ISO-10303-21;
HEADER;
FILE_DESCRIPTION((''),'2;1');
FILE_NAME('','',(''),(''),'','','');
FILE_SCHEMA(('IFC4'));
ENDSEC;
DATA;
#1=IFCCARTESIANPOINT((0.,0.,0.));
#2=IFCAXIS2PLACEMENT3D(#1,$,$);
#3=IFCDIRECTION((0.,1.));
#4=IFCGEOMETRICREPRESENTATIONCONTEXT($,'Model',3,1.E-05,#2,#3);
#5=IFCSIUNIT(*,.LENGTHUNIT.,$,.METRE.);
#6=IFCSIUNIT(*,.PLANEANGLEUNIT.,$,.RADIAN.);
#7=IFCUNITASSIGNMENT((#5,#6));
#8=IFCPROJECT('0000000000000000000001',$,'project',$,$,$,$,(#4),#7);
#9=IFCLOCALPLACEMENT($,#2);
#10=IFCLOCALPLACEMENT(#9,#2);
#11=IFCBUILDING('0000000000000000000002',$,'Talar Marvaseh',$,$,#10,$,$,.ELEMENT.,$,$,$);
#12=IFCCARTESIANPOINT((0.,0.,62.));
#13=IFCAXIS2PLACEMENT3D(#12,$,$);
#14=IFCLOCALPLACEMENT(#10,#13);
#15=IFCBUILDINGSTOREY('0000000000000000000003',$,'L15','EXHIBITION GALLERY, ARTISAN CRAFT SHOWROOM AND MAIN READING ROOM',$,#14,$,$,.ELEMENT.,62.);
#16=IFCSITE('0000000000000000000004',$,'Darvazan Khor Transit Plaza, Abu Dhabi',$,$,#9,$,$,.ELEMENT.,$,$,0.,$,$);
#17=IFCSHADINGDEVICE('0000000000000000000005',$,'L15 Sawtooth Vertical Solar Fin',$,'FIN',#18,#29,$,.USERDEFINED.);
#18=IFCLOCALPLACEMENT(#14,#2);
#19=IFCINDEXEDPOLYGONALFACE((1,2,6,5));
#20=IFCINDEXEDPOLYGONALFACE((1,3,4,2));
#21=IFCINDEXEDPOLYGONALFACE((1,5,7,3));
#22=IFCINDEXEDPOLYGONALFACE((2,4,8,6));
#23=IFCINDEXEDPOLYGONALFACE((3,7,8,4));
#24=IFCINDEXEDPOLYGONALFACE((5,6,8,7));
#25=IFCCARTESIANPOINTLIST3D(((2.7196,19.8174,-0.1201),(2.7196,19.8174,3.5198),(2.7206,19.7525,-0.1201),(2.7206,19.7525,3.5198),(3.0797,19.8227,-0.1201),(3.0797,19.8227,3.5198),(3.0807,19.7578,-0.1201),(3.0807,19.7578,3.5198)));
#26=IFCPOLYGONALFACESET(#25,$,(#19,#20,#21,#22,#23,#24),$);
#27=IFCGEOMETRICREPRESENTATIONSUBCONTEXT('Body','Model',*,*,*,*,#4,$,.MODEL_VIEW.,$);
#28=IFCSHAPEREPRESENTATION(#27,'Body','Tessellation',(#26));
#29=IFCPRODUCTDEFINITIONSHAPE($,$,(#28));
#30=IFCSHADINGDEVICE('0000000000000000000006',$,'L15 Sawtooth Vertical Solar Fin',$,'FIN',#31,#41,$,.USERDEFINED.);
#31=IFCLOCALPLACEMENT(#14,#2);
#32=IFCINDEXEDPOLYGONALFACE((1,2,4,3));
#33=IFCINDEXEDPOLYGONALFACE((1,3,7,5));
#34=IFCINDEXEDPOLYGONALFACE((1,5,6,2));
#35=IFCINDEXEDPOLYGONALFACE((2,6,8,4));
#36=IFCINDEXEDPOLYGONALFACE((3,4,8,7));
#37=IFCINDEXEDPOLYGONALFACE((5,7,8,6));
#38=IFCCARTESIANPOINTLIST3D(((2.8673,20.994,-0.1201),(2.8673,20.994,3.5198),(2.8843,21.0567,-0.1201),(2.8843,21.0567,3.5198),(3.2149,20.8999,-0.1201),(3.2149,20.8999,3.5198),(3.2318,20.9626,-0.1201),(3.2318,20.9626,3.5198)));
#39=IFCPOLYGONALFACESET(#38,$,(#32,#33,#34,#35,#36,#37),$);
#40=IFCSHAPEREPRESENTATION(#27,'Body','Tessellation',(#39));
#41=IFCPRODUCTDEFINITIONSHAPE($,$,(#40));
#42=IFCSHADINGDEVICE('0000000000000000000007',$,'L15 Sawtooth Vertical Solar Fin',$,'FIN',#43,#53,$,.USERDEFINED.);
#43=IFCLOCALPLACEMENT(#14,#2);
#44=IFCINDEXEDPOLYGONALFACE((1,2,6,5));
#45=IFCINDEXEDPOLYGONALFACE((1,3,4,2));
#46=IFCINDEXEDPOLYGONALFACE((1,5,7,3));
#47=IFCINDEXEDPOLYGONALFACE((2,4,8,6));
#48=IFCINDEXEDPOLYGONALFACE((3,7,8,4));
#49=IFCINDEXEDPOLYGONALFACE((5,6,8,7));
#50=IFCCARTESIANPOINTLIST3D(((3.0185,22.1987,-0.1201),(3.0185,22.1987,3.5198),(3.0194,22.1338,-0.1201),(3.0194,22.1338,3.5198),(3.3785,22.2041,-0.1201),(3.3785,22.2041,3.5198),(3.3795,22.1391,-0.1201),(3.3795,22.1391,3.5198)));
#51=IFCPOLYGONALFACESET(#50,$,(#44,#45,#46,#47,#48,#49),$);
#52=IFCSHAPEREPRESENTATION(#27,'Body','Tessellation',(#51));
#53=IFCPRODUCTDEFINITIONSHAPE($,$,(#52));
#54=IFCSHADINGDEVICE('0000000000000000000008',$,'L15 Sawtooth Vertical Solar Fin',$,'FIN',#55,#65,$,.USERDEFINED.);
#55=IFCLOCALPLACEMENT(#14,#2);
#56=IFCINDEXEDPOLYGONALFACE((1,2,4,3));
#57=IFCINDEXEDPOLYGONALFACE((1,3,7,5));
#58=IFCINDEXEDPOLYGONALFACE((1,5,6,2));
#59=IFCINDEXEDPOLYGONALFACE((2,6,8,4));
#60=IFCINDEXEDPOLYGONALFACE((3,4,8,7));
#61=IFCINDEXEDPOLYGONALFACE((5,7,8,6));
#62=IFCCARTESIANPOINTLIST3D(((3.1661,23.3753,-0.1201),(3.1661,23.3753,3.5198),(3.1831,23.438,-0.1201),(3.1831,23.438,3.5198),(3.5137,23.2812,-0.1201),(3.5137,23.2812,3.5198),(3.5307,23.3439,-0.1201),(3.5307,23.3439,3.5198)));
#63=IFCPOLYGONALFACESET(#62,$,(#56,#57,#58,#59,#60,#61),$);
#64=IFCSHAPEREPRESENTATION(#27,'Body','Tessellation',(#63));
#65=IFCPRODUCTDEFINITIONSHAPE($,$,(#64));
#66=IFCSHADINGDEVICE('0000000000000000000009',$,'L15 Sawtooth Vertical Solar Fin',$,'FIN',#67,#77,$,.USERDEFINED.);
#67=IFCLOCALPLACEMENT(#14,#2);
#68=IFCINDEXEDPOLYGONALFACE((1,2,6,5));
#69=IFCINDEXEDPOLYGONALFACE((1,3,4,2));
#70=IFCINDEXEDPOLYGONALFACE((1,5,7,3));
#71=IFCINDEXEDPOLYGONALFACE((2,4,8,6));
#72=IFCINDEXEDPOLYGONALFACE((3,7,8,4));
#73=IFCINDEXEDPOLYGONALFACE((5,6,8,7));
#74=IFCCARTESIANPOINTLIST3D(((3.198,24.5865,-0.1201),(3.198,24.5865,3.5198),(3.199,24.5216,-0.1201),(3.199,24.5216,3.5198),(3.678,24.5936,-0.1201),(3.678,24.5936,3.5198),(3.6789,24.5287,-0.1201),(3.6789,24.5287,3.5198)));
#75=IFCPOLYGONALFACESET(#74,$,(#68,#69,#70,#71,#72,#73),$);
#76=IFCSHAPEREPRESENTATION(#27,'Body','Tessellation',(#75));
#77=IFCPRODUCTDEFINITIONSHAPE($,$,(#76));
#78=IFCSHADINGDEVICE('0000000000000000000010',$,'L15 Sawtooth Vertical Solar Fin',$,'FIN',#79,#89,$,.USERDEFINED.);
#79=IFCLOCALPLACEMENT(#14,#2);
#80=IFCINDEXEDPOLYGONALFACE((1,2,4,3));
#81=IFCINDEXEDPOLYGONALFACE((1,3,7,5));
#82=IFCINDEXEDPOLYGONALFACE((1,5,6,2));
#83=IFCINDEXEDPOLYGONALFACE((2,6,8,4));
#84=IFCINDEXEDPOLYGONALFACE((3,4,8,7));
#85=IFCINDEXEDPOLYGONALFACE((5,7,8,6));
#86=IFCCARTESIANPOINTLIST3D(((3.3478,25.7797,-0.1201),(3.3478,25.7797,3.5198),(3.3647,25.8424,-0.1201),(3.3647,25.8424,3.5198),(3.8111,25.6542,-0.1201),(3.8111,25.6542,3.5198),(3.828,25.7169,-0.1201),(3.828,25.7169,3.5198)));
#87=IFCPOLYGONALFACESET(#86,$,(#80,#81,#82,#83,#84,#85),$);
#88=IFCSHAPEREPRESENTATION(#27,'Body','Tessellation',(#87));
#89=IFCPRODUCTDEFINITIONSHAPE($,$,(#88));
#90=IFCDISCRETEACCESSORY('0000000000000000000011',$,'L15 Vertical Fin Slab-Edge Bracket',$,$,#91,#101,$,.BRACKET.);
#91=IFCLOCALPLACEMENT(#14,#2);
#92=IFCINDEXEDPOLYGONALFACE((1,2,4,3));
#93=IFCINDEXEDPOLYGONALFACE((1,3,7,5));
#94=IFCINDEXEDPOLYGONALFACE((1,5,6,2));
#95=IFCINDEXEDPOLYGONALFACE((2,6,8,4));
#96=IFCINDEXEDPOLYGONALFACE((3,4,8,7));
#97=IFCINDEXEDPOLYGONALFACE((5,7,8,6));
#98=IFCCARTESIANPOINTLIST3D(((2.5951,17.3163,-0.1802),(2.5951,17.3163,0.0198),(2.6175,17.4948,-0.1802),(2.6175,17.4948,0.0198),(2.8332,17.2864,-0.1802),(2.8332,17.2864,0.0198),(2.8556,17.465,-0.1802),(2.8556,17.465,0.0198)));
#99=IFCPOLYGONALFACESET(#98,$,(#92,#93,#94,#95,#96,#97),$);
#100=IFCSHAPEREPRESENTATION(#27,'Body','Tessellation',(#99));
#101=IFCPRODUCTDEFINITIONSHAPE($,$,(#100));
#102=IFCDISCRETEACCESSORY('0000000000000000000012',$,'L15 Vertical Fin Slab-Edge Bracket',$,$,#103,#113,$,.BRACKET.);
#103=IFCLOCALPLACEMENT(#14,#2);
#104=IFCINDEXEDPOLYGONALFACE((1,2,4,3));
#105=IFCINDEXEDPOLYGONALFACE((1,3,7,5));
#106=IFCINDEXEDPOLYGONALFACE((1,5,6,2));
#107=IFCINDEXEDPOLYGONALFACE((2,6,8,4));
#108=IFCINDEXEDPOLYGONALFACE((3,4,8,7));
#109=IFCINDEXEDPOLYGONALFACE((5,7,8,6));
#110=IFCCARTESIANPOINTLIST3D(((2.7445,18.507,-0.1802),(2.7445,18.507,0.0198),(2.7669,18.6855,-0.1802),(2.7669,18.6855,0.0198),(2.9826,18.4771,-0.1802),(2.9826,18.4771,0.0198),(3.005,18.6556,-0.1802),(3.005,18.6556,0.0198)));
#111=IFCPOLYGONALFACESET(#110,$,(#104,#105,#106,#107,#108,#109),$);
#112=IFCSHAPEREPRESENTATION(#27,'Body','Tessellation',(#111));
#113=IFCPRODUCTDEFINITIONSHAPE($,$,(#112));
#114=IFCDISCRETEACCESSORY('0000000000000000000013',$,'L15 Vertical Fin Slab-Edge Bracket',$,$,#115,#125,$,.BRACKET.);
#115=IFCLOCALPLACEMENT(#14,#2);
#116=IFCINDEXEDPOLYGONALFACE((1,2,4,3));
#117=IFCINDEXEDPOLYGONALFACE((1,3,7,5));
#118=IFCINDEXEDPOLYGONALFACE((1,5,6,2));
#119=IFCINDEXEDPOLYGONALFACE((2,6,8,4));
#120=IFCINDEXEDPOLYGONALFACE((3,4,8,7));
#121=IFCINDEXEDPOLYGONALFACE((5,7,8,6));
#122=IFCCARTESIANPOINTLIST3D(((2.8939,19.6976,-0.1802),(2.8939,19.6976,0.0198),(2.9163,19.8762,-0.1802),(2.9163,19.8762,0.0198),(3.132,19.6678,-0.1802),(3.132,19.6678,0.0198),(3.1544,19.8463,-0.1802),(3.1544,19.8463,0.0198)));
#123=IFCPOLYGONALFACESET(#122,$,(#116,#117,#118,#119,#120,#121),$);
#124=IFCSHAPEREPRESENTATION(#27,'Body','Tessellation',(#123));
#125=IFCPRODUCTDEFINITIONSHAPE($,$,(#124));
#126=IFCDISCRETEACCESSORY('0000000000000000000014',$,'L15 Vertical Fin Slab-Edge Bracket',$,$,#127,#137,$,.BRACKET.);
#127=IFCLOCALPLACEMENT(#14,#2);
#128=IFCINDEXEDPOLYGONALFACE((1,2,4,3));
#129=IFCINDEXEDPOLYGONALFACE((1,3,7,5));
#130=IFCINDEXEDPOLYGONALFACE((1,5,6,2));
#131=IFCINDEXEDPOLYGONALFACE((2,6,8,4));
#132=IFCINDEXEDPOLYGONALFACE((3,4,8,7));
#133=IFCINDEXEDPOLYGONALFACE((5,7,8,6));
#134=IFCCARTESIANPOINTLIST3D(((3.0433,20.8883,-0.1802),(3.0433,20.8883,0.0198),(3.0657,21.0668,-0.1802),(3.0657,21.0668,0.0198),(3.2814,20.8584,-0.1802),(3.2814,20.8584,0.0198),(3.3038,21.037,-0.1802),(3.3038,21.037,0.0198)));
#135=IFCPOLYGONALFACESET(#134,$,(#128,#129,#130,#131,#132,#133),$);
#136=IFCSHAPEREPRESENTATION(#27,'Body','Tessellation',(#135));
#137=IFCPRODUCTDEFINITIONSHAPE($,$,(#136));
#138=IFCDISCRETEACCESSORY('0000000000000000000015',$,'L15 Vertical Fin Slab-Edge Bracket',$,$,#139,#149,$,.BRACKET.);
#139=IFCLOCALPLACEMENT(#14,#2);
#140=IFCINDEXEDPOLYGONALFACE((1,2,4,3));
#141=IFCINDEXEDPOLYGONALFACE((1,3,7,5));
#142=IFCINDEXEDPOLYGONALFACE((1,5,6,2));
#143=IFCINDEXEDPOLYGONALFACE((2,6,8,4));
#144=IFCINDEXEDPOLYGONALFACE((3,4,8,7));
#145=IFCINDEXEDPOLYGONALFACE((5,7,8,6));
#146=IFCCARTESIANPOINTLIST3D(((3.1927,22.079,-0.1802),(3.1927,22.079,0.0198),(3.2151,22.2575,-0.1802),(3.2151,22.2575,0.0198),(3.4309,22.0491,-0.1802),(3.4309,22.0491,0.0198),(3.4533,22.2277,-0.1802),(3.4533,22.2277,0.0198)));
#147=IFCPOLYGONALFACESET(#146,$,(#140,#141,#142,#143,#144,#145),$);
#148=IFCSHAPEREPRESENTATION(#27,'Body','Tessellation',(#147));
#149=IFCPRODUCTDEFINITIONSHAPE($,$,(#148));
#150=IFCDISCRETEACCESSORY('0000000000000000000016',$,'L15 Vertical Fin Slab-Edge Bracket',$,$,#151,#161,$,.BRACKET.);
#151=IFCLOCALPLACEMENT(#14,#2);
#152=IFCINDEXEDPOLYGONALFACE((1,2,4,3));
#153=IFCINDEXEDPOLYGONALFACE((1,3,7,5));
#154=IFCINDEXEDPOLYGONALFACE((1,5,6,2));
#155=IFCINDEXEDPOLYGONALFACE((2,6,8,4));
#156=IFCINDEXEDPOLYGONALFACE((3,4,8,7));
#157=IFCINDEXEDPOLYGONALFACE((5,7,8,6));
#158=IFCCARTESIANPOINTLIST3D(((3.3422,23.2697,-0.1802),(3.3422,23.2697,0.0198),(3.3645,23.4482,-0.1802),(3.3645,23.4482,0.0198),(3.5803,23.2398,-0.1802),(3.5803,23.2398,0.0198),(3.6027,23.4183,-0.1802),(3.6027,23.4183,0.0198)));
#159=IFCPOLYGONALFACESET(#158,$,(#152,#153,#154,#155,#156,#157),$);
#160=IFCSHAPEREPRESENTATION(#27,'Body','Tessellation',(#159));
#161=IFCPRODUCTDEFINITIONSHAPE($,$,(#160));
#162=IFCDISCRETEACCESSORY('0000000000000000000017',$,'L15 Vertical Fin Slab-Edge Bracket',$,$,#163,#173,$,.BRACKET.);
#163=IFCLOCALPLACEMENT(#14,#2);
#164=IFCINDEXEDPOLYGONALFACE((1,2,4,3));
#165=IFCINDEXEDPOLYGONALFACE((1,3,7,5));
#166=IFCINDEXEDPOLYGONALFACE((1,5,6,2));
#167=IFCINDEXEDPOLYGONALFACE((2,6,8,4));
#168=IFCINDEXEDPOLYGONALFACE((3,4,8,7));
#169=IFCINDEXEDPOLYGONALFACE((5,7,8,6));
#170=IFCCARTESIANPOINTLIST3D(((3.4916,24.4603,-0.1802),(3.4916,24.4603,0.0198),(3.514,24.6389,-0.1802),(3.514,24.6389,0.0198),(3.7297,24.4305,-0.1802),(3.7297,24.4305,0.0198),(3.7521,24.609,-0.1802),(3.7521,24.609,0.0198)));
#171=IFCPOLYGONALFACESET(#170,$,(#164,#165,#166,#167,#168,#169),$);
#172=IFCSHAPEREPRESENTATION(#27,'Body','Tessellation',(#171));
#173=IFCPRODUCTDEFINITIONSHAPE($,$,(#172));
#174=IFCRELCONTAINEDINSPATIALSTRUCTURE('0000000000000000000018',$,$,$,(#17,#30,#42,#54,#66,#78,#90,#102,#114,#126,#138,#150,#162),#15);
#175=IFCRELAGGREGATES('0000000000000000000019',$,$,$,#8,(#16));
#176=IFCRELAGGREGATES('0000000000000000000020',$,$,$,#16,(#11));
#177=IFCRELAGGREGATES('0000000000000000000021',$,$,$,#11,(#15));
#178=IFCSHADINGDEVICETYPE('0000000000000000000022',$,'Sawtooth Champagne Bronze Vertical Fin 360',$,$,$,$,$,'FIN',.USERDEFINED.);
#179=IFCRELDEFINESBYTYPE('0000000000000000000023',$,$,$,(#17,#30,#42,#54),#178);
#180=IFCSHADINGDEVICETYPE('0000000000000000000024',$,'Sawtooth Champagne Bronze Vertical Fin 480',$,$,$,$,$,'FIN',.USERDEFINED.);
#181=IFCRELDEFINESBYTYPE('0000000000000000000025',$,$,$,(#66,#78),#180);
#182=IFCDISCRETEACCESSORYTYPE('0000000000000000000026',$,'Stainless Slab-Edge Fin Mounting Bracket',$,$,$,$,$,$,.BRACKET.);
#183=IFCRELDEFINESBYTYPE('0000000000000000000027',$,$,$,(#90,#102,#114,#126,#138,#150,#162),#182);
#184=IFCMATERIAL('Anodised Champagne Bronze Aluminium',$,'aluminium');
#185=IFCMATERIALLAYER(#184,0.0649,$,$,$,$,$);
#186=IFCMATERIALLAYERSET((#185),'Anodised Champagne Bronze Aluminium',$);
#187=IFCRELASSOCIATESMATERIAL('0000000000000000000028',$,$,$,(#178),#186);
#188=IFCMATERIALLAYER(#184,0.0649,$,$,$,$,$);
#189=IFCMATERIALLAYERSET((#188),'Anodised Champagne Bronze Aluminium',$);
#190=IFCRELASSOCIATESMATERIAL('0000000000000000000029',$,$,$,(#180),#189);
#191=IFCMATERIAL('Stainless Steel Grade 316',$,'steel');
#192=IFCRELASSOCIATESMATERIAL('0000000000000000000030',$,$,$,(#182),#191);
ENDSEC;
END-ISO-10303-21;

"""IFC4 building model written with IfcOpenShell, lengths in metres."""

from ifc_helpers import new_model, si_unit, direction, frame, origin, origin_2d, place, context, subcontext, project, spatial, rectangle, extrude, source, transform, mapped, material, layer, layer_set, type_object, type_shapes, element, save


model = new_model("IFC4")

# Units and contexts
model_context = context("Model", 3, precision=1e-05, world=origin(), true_north=direction((0.0, 1.0)))
body_context = subcontext(model_context, "Body", "Model", "MODEL_VIEW")
ifc_project = project(units=[si_unit("LENGTHUNIT", "METRE"), si_unit("PLANEANGLEUNIT", "RADIAN")], contexts=[model_context])

# Site, building, storey
site_placement = place(None, origin())
site = spatial("IfcSite", under=ifc_project, at=site_placement, Name="Darvazan Khor Transit Plaza, Abu Dhabi", CompositionType="ELEMENT", RefElevation=0.0)
building_placement = place(site_placement, origin())
building = spatial("IfcBuilding", under=site, at=building_placement, Name="Talar Marvaseh", CompositionType="ELEMENT")
storey_placement = place(building_placement, frame((0.0, 0.0, 62.0)))
storey = spatial("IfcBuildingStorey", under=building, at=storey_placement, Name="L15", Description="EXHIBITION GALLERY, ARTISAN CRAFT SHOWROOM AND MAIN READING ROOM", CompositionType="ELEMENT", Elevation=62.0)

# Shading devices
ifc_material_1 = material(Name="Anodised Champagne Bronze Aluminium", Category="aluminium")
ifc_layer_1 = layer(ifc_material_1, 0.0649)
ifc_layer_set_1 = layer_set([ifc_layer_1], Name="Anodised Champagne Bronze Aluminium")
shading_device_type_1 = type_object("IfcShadingDeviceType", Name="Sawtooth Champagne Bronze Vertical Fin 360", ElementType="FIN", PredefinedType="USERDEFINED", material=ifc_layer_set_1)
shared_shape_1 = source(origin(), body_context, "Body", "SweptSolid", [
    extrude(rectangle(XDim=0.3601, YDim=0.0649, at=origin_2d()), origin(), (0.0, 0.0, 1.0), 3.6399),
])
type_shapes(shading_device_type_1, [shared_shape_1])
for number, where, z_axis, x_axis, name in (
    (1, (2.9001, 19.7876, -0.1201), (0.0, 0.0, 1.0), (-0.99989, -0.014835, 0.0), "L15 Sawtooth Vertical Solar Fin"),
    (2, (3.0496, 20.9783, -0.1201), (0.0, 0.0, 1.0), (-0.965245, 0.261347, 0.0), "L15 Sawtooth Vertical Solar Fin"),
    (3, (3.199, 22.1689, -0.1201), (0.0, 0.0, 1.0), (-0.99989, -0.014835, 0.0), "L15 Sawtooth Vertical Solar Fin"),
    (4, (3.3484, 23.3596, -0.1201), (0.0, 0.0, 1.0), (-0.965245, 0.261347, 0.0), "L15 Sawtooth Vertical Solar Fin"),
):
    element("IfcShadingDevice", number, at=place(storey_placement, frame(where, z_axis=z_axis, x_axis=x_axis)), inside=storey, type_object=shading_device_type_1, Name=name, ObjectType="FIN", PredefinedType="USERDEFINED", context=body_context, shape_type="MappedRepresentation", body=[
        mapped(shared_shape_1, transform((0.0, 0.0, 0.0), x_axis=(1.0, 0.0, 0.0), y_axis=(0.0, 1.0, 0.0), z_axis=(0.0, 0.0, 1.0), scale=1.0)),
    ])
ifc_layer_2 = layer(ifc_material_1, 0.0649)
ifc_layer_set_2 = layer_set([ifc_layer_2], Name="Anodised Champagne Bronze Aluminium")
shading_device_type_2 = type_object("IfcShadingDeviceType", Name="Sawtooth Champagne Bronze Vertical Fin 480", ElementType="FIN", PredefinedType="USERDEFINED", material=ifc_layer_set_2)
shared_shape_2 = source(origin(), body_context, "Body", "SweptSolid", [
    extrude(rectangle(XDim=0.48, YDim=0.0649, at=origin_2d()), origin(), (0.0, 0.0, 1.0), 3.6399),
])
type_shapes(shading_device_type_2, [shared_shape_2])
for number, where, z_axis, x_axis, name in (
    (5, (3.4385, 24.5576, -0.1201), (0.0, 0.0, 1.0), (-0.99989, -0.014835, 0.0), "L15 Sawtooth Vertical Solar Fin"),
    (6, (3.5879, 25.7483, -0.1201), (0.0, 0.0, 1.0), (-0.965245, 0.261347, 0.0), "L15 Sawtooth Vertical Solar Fin"),
):
    element("IfcShadingDevice", number, at=place(storey_placement, frame(where, z_axis=z_axis, x_axis=x_axis)), inside=storey, type_object=shading_device_type_2, Name=name, ObjectType="FIN", PredefinedType="USERDEFINED", context=body_context, shape_type="MappedRepresentation", body=[
        mapped(shared_shape_2, transform((0.0, 0.0, 0.0), x_axis=(1.0, 0.0, 0.0), y_axis=(0.0, 1.0, 0.0), z_axis=(0.0, 0.0, 1.0), scale=1.0)),
    ])

# Discrete accessories
ifc_material_2 = material(Name="Stainless Steel Grade 316", Category="steel")
discrete_accessory_type = type_object("IfcDiscreteAccessoryType", Name="Stainless Slab-Edge Fin Mounting Bracket", PredefinedType="BRACKET", material=ifc_material_2)
shared_shape_3 = source(origin(), body_context, "Body", "SweptSolid", [
    extrude(rectangle(XDim=0.24, YDim=0.1799, at=origin_2d()), origin(), (0.0, 0.0, 1.0), 0.2),
])
type_shapes(discrete_accessory_type, [shared_shape_3])
for number, where, z_axis, x_axis, name in (
    (7, (2.7253, 17.3906, -0.1802), (0.0, 0.0, 1.0), (-0.992224, 0.124467, 0.0), "L15 Vertical Fin Slab-Edge Bracket"),
    (8, (2.8748, 18.5813, -0.1802), (0.0, 0.0, 1.0), (-0.992224, 0.124467, 0.0), "L15 Vertical Fin Slab-Edge Bracket"),
    (9, (3.0242, 19.772, -0.1802), (0.0, 0.0, 1.0), (-0.992224, 0.124467, 0.0), "L15 Vertical Fin Slab-Edge Bracket"),
    (10, (3.1736, 20.9626, -0.1802), (0.0, 0.0, 1.0), (-0.992224, 0.124467, 0.0), "L15 Vertical Fin Slab-Edge Bracket"),
    (11, (3.323, 22.1533, -0.1802), (0.0, 0.0, 1.0), (-0.992224, 0.124467, 0.0), "L15 Vertical Fin Slab-Edge Bracket"),
    (12, (3.4724, 23.344, -0.1802), (0.0, 0.0, 1.0), (-0.992224, 0.124467, 0.0), "L15 Vertical Fin Slab-Edge Bracket"),
    (13, (3.6218, 24.5347, -0.1802), (0.0, 0.0, 1.0), (-0.992224, 0.124467, 0.0), "L15 Vertical Fin Slab-Edge Bracket"),
):
    element("IfcDiscreteAccessory", number, at=place(storey_placement, frame(where, z_axis=z_axis, x_axis=x_axis)), inside=storey, type_object=discrete_accessory_type, Name=name, PredefinedType="BRACKET", context=body_context, shape_type="MappedRepresentation", body=[
        mapped(shared_shape_3, transform((0.0, 0.0, 0.0), x_axis=(1.0, 0.0, 0.0), y_axis=(0.0, 1.0, 0.0), z_axis=(0.0, 0.0, 1.0), scale=1.0)),
    ])

save(model, "model.ifc")
